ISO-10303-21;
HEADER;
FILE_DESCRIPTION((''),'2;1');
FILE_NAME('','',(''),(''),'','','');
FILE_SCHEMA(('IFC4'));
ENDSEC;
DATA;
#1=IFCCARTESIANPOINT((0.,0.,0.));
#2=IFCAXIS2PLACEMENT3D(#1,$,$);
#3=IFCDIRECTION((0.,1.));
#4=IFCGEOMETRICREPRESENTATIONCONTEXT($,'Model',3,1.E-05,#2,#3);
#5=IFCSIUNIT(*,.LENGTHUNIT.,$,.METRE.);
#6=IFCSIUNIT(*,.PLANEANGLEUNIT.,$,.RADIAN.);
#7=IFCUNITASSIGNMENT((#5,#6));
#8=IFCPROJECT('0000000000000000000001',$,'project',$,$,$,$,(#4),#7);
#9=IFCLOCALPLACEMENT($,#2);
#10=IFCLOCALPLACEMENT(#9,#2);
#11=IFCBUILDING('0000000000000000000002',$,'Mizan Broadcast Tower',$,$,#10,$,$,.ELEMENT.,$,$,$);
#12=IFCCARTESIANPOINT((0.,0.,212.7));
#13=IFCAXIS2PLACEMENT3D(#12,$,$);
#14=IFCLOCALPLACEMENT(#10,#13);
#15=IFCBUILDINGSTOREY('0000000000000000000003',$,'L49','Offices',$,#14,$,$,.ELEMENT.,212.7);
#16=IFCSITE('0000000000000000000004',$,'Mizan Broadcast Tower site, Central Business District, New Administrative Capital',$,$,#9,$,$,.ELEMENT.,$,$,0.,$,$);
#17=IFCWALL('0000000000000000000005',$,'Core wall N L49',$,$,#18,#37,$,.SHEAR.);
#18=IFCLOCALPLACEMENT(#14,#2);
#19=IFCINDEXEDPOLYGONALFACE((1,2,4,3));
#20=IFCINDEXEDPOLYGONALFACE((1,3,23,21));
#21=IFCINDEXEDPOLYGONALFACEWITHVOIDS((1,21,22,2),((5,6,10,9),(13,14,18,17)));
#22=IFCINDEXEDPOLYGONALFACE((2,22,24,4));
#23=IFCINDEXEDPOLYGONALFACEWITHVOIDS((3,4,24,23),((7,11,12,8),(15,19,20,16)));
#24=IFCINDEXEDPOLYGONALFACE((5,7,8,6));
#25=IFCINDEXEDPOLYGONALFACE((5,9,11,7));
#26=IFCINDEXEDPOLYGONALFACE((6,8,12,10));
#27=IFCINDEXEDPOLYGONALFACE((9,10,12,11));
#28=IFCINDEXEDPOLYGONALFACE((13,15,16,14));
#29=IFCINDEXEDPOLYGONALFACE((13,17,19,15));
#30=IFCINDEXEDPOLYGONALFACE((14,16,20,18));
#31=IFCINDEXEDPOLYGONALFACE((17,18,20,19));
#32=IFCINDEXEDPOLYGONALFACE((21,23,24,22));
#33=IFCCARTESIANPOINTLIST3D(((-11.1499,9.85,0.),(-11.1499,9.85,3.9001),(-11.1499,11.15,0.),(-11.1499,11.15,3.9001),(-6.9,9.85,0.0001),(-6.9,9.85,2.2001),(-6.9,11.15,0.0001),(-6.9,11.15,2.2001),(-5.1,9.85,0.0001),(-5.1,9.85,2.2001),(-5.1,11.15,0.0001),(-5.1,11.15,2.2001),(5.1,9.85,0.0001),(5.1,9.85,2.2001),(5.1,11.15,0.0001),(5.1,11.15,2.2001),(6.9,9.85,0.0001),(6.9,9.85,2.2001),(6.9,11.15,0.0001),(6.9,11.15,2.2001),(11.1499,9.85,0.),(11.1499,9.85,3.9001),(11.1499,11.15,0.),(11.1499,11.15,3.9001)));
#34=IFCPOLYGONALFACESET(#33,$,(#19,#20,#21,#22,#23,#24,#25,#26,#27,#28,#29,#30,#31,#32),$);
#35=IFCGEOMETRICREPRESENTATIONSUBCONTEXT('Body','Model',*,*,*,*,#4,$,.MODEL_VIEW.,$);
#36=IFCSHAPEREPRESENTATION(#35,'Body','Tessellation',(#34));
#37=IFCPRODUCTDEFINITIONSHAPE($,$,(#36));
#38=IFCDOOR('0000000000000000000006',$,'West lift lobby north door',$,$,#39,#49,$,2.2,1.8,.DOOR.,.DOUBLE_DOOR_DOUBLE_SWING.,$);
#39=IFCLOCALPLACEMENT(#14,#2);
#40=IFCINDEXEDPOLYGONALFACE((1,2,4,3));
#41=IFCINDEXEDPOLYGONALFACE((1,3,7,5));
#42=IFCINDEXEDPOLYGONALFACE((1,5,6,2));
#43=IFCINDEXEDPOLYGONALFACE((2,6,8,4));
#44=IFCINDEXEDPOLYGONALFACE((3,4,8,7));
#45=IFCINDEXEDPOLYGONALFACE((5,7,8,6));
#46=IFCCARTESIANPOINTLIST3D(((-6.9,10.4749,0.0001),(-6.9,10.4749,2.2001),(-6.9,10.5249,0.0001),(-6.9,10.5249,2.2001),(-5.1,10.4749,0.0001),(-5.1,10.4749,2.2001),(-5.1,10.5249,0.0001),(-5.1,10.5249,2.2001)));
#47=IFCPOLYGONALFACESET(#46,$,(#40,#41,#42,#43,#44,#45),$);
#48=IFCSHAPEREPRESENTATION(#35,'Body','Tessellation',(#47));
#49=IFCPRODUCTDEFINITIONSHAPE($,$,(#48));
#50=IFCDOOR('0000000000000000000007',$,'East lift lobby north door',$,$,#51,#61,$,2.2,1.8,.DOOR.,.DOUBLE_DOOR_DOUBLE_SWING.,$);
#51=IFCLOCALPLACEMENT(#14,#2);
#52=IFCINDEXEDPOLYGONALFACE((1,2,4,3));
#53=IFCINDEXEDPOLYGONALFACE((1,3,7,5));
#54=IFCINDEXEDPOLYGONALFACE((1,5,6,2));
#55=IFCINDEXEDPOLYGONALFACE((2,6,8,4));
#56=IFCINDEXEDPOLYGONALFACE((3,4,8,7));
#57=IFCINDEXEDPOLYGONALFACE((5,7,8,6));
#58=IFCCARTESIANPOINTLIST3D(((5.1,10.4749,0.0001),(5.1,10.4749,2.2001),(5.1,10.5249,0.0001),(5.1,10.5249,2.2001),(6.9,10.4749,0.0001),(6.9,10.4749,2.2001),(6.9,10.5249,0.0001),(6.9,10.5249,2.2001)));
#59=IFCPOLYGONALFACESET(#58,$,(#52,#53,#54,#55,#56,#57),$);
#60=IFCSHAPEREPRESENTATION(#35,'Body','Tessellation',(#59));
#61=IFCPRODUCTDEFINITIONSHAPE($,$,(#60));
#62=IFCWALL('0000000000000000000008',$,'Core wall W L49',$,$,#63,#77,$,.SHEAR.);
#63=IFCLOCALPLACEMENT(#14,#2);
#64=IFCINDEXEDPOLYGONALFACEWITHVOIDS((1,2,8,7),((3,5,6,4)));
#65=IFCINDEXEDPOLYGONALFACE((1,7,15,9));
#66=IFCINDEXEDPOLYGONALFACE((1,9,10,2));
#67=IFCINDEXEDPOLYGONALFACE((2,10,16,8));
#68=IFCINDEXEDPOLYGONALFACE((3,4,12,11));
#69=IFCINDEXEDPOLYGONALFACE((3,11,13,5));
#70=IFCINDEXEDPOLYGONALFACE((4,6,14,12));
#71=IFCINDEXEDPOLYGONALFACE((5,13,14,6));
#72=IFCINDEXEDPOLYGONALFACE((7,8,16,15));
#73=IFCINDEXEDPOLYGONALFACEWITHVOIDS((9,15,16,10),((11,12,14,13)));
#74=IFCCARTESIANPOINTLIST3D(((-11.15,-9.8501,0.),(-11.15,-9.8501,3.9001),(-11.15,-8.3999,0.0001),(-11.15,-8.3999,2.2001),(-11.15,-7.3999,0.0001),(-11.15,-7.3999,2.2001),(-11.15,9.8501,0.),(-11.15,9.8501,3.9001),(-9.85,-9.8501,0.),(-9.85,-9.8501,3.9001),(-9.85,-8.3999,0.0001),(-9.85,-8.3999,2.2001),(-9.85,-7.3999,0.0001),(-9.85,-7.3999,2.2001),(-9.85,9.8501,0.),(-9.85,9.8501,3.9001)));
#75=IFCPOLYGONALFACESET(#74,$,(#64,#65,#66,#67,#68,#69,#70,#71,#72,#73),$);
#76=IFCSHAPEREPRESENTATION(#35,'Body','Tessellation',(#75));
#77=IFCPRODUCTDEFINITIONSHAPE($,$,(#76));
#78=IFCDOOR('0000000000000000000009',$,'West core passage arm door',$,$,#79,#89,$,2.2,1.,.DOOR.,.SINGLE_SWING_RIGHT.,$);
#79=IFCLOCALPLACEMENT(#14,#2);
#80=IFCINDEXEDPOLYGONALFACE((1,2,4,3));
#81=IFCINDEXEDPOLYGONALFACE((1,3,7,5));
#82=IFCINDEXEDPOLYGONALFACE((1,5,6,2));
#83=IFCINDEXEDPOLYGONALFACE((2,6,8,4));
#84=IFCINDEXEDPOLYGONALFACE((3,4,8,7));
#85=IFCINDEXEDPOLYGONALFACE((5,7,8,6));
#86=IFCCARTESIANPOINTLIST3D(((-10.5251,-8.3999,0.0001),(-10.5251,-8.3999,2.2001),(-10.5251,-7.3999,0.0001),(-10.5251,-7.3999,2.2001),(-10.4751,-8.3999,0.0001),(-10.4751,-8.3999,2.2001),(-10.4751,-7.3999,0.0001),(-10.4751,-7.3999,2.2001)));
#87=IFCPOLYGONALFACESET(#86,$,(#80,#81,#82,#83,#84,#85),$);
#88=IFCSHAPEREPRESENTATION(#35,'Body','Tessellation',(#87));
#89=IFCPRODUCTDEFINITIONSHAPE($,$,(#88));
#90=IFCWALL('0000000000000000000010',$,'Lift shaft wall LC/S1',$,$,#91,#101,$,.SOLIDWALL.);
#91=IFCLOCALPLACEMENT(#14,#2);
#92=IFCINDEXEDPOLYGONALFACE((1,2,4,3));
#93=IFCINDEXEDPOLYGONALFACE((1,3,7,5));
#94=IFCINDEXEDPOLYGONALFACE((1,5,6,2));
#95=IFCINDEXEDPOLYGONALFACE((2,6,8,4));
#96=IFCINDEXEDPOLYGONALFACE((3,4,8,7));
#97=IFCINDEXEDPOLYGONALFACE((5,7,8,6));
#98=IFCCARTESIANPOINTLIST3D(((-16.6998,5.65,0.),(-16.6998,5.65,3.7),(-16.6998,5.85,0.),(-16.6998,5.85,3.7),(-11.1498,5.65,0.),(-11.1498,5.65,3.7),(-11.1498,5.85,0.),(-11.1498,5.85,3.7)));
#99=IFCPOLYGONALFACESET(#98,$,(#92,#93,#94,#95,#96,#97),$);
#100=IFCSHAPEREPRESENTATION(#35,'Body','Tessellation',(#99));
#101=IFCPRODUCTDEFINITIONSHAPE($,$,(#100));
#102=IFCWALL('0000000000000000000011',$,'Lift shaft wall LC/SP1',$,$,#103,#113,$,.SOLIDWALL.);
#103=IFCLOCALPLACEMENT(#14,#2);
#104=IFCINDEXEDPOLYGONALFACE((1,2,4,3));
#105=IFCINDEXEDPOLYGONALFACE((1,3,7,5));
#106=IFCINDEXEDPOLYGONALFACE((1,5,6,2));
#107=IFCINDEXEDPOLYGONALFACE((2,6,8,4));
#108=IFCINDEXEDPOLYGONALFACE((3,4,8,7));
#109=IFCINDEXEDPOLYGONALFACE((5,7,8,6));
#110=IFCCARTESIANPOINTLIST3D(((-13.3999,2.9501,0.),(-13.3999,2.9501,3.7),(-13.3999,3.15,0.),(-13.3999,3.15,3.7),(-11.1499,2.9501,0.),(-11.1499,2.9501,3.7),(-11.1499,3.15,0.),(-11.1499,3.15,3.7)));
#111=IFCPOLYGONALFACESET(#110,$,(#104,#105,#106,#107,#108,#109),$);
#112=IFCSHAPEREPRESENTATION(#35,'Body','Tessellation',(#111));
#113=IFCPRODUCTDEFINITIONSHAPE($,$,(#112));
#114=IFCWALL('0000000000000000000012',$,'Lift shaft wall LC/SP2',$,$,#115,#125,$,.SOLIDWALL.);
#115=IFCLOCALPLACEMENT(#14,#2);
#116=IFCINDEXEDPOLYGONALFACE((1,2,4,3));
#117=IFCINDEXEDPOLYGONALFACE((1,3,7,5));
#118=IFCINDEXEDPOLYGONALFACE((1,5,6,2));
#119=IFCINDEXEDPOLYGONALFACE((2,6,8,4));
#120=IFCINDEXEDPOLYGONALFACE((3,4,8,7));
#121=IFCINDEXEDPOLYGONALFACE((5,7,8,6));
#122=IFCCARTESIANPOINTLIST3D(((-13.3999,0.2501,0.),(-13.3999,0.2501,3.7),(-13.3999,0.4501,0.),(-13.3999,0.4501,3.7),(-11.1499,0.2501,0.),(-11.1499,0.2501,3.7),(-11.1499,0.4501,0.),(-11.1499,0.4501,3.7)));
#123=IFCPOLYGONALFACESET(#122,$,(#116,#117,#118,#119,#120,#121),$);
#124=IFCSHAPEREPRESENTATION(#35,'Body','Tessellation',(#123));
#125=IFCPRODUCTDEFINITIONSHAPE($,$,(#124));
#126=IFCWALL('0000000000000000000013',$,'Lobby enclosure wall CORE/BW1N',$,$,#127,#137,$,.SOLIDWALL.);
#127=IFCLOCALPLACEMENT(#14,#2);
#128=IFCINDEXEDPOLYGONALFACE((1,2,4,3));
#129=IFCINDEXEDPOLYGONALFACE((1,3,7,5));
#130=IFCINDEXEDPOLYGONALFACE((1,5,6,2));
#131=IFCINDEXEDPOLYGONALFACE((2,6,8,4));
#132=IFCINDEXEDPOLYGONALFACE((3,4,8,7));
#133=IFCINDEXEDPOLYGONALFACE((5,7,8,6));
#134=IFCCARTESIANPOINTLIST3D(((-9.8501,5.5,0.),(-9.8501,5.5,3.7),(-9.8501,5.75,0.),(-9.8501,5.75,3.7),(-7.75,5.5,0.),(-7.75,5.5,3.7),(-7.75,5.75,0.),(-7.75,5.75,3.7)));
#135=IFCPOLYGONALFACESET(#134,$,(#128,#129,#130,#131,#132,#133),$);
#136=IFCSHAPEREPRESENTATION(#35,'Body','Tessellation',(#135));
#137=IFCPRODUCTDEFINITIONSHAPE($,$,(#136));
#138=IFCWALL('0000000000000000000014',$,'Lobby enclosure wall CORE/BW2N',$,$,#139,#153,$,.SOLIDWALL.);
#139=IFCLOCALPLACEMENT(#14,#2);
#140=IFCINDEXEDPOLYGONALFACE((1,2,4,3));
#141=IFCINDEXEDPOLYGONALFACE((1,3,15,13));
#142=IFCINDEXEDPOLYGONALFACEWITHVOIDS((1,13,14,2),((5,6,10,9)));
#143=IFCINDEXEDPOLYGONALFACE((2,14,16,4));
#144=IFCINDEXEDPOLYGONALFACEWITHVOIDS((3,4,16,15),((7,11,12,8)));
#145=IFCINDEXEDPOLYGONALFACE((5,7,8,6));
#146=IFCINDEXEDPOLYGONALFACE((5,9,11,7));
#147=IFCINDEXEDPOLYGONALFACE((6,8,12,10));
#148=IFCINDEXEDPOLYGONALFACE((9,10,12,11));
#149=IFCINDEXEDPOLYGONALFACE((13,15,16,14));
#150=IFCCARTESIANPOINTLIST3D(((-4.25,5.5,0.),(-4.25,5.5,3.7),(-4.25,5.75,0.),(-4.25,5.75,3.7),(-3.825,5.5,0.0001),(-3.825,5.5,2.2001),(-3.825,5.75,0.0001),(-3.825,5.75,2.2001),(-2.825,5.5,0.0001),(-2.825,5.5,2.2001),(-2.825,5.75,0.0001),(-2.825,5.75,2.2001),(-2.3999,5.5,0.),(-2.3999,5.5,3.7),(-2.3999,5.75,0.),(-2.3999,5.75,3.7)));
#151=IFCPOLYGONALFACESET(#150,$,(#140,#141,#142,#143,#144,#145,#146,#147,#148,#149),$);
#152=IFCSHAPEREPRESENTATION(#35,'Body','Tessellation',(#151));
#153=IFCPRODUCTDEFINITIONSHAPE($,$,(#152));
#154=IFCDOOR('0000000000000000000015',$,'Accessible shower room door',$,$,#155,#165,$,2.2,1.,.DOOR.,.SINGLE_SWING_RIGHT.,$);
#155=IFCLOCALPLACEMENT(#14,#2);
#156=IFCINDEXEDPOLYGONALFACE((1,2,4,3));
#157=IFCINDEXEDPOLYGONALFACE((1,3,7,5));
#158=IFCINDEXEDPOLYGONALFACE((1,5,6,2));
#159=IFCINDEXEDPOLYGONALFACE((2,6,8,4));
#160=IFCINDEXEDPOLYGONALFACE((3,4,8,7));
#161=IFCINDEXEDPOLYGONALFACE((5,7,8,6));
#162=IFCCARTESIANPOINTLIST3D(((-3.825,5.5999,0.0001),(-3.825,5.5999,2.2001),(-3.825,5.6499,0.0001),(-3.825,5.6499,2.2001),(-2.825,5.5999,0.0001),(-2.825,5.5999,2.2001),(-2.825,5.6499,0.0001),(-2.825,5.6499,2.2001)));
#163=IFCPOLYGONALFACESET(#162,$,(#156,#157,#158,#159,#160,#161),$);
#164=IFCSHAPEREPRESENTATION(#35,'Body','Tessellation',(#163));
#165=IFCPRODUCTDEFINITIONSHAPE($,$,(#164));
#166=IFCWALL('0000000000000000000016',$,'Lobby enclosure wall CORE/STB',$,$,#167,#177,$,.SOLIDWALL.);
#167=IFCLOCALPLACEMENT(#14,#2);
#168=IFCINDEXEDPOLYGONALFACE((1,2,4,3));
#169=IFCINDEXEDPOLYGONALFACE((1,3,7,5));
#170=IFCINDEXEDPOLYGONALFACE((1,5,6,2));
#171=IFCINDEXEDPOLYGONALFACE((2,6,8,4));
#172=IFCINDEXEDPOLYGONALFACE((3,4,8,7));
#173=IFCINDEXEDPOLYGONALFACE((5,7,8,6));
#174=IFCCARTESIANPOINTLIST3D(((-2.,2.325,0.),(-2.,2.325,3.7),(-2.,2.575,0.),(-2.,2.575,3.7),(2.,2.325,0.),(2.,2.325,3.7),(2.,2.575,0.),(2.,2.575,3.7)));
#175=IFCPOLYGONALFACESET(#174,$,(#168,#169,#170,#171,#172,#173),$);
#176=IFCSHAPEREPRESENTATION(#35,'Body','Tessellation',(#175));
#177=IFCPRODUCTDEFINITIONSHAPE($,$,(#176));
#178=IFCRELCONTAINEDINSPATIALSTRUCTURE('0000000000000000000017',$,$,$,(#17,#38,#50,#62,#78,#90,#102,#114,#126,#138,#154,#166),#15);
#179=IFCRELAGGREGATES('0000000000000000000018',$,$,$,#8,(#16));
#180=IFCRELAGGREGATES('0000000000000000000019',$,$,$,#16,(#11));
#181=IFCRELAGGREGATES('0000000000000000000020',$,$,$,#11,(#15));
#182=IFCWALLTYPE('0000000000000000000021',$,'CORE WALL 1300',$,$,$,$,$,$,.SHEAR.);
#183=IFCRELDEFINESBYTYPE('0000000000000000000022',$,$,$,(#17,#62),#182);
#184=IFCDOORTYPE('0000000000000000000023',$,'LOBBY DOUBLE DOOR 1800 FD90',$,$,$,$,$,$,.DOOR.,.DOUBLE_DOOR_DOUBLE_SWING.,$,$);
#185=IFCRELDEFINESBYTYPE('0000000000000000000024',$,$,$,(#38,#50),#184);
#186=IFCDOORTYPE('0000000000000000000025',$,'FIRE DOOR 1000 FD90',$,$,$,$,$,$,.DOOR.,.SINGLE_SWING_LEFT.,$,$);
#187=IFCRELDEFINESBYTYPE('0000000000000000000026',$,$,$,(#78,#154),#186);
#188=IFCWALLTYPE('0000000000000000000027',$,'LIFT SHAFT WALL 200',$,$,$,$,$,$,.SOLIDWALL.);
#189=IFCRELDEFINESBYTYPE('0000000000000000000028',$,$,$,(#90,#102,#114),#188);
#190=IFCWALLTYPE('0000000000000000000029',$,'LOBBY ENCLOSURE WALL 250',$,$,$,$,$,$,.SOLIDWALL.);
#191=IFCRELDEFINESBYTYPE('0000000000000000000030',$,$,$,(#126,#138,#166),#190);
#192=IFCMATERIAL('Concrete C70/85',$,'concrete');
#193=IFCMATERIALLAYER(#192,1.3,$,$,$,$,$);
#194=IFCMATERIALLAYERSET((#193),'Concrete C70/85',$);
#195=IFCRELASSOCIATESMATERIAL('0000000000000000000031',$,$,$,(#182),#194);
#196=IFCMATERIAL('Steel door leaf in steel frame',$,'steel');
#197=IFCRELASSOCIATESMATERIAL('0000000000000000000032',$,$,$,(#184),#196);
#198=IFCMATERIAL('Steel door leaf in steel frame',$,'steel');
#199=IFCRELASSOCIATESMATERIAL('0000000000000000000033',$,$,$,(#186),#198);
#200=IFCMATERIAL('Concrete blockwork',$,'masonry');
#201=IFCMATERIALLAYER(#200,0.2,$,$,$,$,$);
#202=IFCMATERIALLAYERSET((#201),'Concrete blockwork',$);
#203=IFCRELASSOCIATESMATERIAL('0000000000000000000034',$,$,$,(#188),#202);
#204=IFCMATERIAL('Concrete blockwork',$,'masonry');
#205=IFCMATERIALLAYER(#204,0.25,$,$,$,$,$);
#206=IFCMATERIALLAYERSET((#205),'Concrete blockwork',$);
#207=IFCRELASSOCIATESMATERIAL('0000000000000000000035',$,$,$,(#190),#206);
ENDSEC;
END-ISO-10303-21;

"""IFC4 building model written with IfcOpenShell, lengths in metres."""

from ifc_helpers import new_model, si_unit, direction, frame, frame_2d, origin, place, context, subcontext, project, spatial, rectangle, extrude, material, layer, layer_set, type_object, element, fill, save


model = new_model("IFC4")

# Units and contexts
model_context = context("Model", 3, precision=1e-05, world=origin(), true_north=direction((0.0, 1.0)))
body_context = subcontext(model_context, "Body", "Model", "MODEL_VIEW")
ifc_project = project(units=[si_unit("LENGTHUNIT", "METRE"), si_unit("PLANEANGLEUNIT", "RADIAN")], contexts=[model_context])

# Site, building, storey
site_placement = place(None, origin())
site = spatial("IfcSite", under=ifc_project, at=site_placement, Name="Mizan Broadcast Tower site, Central Business District, New Administrative Capital", CompositionType="ELEMENT", RefElevation=0.0)
building_placement = place(site_placement, origin())
building = spatial("IfcBuilding", under=site, at=building_placement, Name="Mizan Broadcast Tower", CompositionType="ELEMENT")
storey_placement = place(building_placement, frame((0.0, 0.0, 212.7)))
storey = spatial("IfcBuildingStorey", under=building, at=storey_placement, Name="L49", Description="Offices", CompositionType="ELEMENT", Elevation=212.7)

# Wall, openings, doors
ifc_material_1 = material(Name="Concrete C70/85", Category="concrete")
ifc_layer_1 = layer(ifc_material_1, 1.3)
ifc_layer_set_1 = layer_set([ifc_layer_1], Name="Concrete C70/85")
wall_type_1 = type_object("IfcWallType", Name="CORE WALL 1300", PredefinedType="SHEAR", material=ifc_layer_set_1)
wall_1_placement = place(storey_placement, frame((-11.1499, 10.5, 0.0), z_axis=(0.0, 0.0, 1.0), x_axis=(1.0, 0.0, 0.0)))
wall_1 = element("IfcWall", 1, at=wall_1_placement, inside=storey, type_object=wall_type_1, Name="Core wall N L49", PredefinedType="SHEAR", context=body_context, shape_type="SweptSolid", body=[
    extrude(rectangle(XDim=22.2998, YDim=1.3, at=frame_2d((11.1499, 0.0))), origin(), (0.0, 0.0, 1.0), 3.9001),
])
opening_1_placement = place(wall_1_placement, frame((4.25, 0.0, 0.0)))
opening_1 = element("IfcOpeningElement", 2, at=opening_1_placement, cuts=wall_1, PredefinedType="OPENING", context=body_context, shape_type="SweptSolid", body=[
    extrude(rectangle(XDim=1.8, YDim=2.2, at=frame_2d((0.8999, 1.1001))), frame((0.0, 0.6599, 0.0), z_axis=(0.0, -1.0, 0.0), x_axis=(1.0, 0.0, 0.0)), (0.0, 0.0, 1.0), 1.3201),
])
opening_2_placement = place(wall_1_placement, frame((16.25, 0.0, 0.0)))
opening_2 = element("IfcOpeningElement", 3, at=opening_2_placement, cuts=wall_1, PredefinedType="OPENING", context=body_context, shape_type="SweptSolid", body=[
    extrude(rectangle(XDim=1.8, YDim=2.2, at=frame_2d((0.8999, 1.1001))), frame((0.0, 0.6599, 0.0), z_axis=(0.0, -1.0, 0.0), x_axis=(1.0, 0.0, 0.0)), (0.0, 0.0, 1.0), 1.3201),
])
ifc_material_2 = material(Name="Steel door leaf in steel frame", Category="steel")
door_type_1 = type_object("IfcDoorType", Name="LOBBY DOUBLE DOOR 1800 FD90", OperationType="DOUBLE_DOOR_DOUBLE_SWING", PredefinedType="DOOR", material=ifc_material_2)
door_1_placement = place(opening_1_placement, origin())
door_1 = element("IfcDoor", 4, at=door_1_placement, inside=storey, type_object=door_type_1, Name="West lift lobby north door", OperationType="DOUBLE_DOOR_DOUBLE_SWING", OverallHeight=2.2, OverallWidth=1.8, PredefinedType="DOOR", context=body_context, shape_type="SweptSolid", body=[
    extrude(rectangle(XDim=1.8, YDim=2.2, at=frame_2d((0.8999, 1.1001))), frame((0.0, 0.0249, 0.0), z_axis=(0.0, -1.0, 0.0), x_axis=(1.0, 0.0, 0.0)), (0.0, 0.0, 1.0), 0.05),
])
fill(opening_1, door_1)
door_2_placement = place(opening_2_placement, origin())
door_2 = element("IfcDoor", 5, at=door_2_placement, inside=storey, type_object=door_type_1, Name="East lift lobby north door", OperationType="DOUBLE_DOOR_DOUBLE_SWING", OverallHeight=2.2, OverallWidth=1.8, PredefinedType="DOOR", context=body_context, shape_type="SweptSolid", body=[
    extrude(rectangle(XDim=1.8, YDim=2.2, at=frame_2d((0.8999, 1.1001))), frame((0.0, 0.0249, 0.0), z_axis=(0.0, -1.0, 0.0), x_axis=(1.0, 0.0, 0.0)), (0.0, 0.0, 1.0), 0.05),
])
fill(opening_2, door_2)

# Wall, opening, door
wall_2_placement = place(storey_placement, frame((-10.5, 9.8501, 0.0), z_axis=(0.0, 0.0, 1.0), x_axis=(0.0, -1.0, 0.0)))
wall_2 = element("IfcWall", 6, at=wall_2_placement, inside=storey, type_object=wall_type_1, Name="Core wall W L49", PredefinedType="SHEAR", context=body_context, shape_type="SweptSolid", body=[
    extrude(rectangle(XDim=19.7002, YDim=1.3, at=frame_2d((9.8501, 0.0))), origin(), (0.0, 0.0, 1.0), 3.9001),
])
opening_3_placement = place(wall_2_placement, frame((17.25, 0.0, 0.0)))
opening_3 = element("IfcOpeningElement", 7, at=opening_3_placement, cuts=wall_2, PredefinedType="OPENING", context=body_context, shape_type="SweptSolid", body=[
    extrude(rectangle(XDim=1.0, YDim=2.2, at=frame_2d((0.5, 1.1001))), frame((0.0, 0.6599, 0.0), z_axis=(0.0, -1.0, 0.0), x_axis=(1.0, 0.0, 0.0)), (0.0, 0.0, 1.0), 1.3201),
])
ifc_material_3 = material(Name="Steel door leaf in steel frame", Category="steel")
door_type_2 = type_object("IfcDoorType", Name="FIRE DOOR 1000 FD90", OperationType="SINGLE_SWING_LEFT", PredefinedType="DOOR", material=ifc_material_3)
door_3_placement = place(opening_3_placement, origin())
door_3 = element("IfcDoor", 8, at=door_3_placement, inside=storey, type_object=door_type_2, Name="West core passage arm door", OperationType="SINGLE_SWING_RIGHT", OverallHeight=2.2, OverallWidth=1.0, PredefinedType="DOOR", context=body_context, shape_type="SweptSolid", body=[
    extrude(rectangle(XDim=1.0, YDim=2.2, at=frame_2d((0.5, 1.1001))), frame((0.0, 0.0249, 0.0), z_axis=(0.0, -1.0, 0.0), x_axis=(1.0, 0.0, 0.0)), (0.0, 0.0, 1.0), 0.05),
])
fill(opening_3, door_3)

# Walls
ifc_material_4 = material(Name="Concrete blockwork", Category="masonry")
ifc_layer_2 = layer(ifc_material_4, 0.2)
ifc_layer_set_2 = layer_set([ifc_layer_2], Name="Concrete blockwork")
wall_type_2 = type_object("IfcWallType", Name="LIFT SHAFT WALL 200", PredefinedType="SOLIDWALL", material=ifc_layer_set_2)
wall_3_placement = place(storey_placement, frame((-11.1499, 5.75, 0.0), z_axis=(0.0, 0.0, 1.0), x_axis=(-1.0, 0.0, 0.0)))
element("IfcWall", 9, at=wall_3_placement, inside=storey, type_object=wall_type_2, Name="Lift shaft wall LC/S1", PredefinedType="SOLIDWALL", context=body_context, shape_type="SweptSolid", body=[
    extrude(rectangle(XDim=5.55, YDim=0.2, at=frame_2d((2.7749, 0.0))), origin(), (0.0, 0.0, 1.0), 3.7),
])
for number, where, z_axis, x_axis, name in (
    (10, (-11.1499, 3.05, 0.0), (0.0, 0.0, 1.0), (-1.0, 0.0, 0.0), "Lift shaft wall LC/SP1"),
    (11, (-11.1499, 0.3501, 0.0), (0.0, 0.0, 1.0), (-1.0, 0.0, 0.0), "Lift shaft wall LC/SP2"),
):
    element("IfcWall", number, at=place(storey_placement, frame(where, z_axis=z_axis, x_axis=x_axis)), inside=storey, type_object=wall_type_2, Name=name, PredefinedType="SOLIDWALL", context=body_context, shape_type="SweptSolid", body=[
        extrude(rectangle(XDim=2.25, YDim=0.2, at=frame_2d((1.125, 0.0))), origin(), (0.0, 0.0, 1.0), 3.7),
    ])
ifc_material_5 = material(Name="Concrete blockwork", Category="masonry")
ifc_layer_3 = layer(ifc_material_5, 0.25)
ifc_layer_set_3 = layer_set([ifc_layer_3], Name="Concrete blockwork")
wall_type_3 = type_object("IfcWallType", Name="LOBBY ENCLOSURE WALL 250", PredefinedType="SOLIDWALL", material=ifc_layer_set_3)
wall_4_placement = place(storey_placement, frame((-9.8501, 5.625, 0.0), z_axis=(0.0, 0.0, 1.0), x_axis=(1.0, 0.0, 0.0)))
element("IfcWall", 12, at=wall_4_placement, inside=storey, type_object=wall_type_3, Name="Lobby enclosure wall CORE/BW1N", PredefinedType="SOLIDWALL", context=body_context, shape_type="SweptSolid", body=[
    extrude(rectangle(XDim=2.1001, YDim=0.25, at=frame_2d((1.05, 0.0))), origin(), (0.0, 0.0, 1.0), 3.7),
])

# Wall, opening, door
wall_5_placement = place(storey_placement, frame((-4.25, 5.625, 0.0), z_axis=(0.0, 0.0, 1.0), x_axis=(1.0, 0.0, 0.0)))
wall_5 = element("IfcWall", 13, at=wall_5_placement, inside=storey, type_object=wall_type_3, Name="Lobby enclosure wall CORE/BW2N", PredefinedType="SOLIDWALL", context=body_context, shape_type="SweptSolid", body=[
    extrude(rectangle(XDim=1.8501, YDim=0.25, at=frame_2d((0.925, 0.0))), origin(), (0.0, 0.0, 1.0), 3.7),
])
opening_4_placement = place(wall_5_placement, frame((0.425, 0.0, 0.0)))
opening_4 = element("IfcOpeningElement", 14, at=opening_4_placement, cuts=wall_5, PredefinedType="OPENING", context=body_context, shape_type="SweptSolid", body=[
    extrude(rectangle(XDim=1.0, YDim=2.2, at=frame_2d((0.5, 1.1001))), frame((0.0, 0.135, 0.0), z_axis=(0.0, -1.0, 0.0), x_axis=(1.0, 0.0, 0.0)), (0.0, 0.0, 1.0), 0.27),
])
door_4_placement = place(opening_4_placement, origin())
door_4 = element("IfcDoor", 15, at=door_4_placement, inside=storey, type_object=door_type_2, Name="Accessible shower room door", OperationType="SINGLE_SWING_RIGHT", OverallHeight=2.2, OverallWidth=1.0, PredefinedType="DOOR", context=body_context, shape_type="SweptSolid", body=[
    extrude(rectangle(XDim=1.0, YDim=2.2, at=frame_2d((0.5, 1.1001))), frame((0.0, 0.0249, 0.0), z_axis=(0.0, -1.0, 0.0), x_axis=(1.0, 0.0, 0.0)), (0.0, 0.0, 1.0), 0.05),
])
fill(opening_4, door_4)

# Wall
wall_6_placement = place(storey_placement, frame((-2.0, 2.45, 0.0), z_axis=(0.0, 0.0, 1.0), x_axis=(1.0, 0.0, 0.0)))
element("IfcWall", 16, at=wall_6_placement, inside=storey, type_object=wall_type_3, Name="Lobby enclosure wall CORE/STB", PredefinedType="SOLIDWALL", context=body_context, shape_type="SweptSolid", body=[
    extrude(rectangle(XDim=4.0, YDim=0.25, at=frame_2d((2.0, 0.0))), origin(), (0.0, 0.0, 1.0), 3.7),
])

save(model, "model.ifc")
